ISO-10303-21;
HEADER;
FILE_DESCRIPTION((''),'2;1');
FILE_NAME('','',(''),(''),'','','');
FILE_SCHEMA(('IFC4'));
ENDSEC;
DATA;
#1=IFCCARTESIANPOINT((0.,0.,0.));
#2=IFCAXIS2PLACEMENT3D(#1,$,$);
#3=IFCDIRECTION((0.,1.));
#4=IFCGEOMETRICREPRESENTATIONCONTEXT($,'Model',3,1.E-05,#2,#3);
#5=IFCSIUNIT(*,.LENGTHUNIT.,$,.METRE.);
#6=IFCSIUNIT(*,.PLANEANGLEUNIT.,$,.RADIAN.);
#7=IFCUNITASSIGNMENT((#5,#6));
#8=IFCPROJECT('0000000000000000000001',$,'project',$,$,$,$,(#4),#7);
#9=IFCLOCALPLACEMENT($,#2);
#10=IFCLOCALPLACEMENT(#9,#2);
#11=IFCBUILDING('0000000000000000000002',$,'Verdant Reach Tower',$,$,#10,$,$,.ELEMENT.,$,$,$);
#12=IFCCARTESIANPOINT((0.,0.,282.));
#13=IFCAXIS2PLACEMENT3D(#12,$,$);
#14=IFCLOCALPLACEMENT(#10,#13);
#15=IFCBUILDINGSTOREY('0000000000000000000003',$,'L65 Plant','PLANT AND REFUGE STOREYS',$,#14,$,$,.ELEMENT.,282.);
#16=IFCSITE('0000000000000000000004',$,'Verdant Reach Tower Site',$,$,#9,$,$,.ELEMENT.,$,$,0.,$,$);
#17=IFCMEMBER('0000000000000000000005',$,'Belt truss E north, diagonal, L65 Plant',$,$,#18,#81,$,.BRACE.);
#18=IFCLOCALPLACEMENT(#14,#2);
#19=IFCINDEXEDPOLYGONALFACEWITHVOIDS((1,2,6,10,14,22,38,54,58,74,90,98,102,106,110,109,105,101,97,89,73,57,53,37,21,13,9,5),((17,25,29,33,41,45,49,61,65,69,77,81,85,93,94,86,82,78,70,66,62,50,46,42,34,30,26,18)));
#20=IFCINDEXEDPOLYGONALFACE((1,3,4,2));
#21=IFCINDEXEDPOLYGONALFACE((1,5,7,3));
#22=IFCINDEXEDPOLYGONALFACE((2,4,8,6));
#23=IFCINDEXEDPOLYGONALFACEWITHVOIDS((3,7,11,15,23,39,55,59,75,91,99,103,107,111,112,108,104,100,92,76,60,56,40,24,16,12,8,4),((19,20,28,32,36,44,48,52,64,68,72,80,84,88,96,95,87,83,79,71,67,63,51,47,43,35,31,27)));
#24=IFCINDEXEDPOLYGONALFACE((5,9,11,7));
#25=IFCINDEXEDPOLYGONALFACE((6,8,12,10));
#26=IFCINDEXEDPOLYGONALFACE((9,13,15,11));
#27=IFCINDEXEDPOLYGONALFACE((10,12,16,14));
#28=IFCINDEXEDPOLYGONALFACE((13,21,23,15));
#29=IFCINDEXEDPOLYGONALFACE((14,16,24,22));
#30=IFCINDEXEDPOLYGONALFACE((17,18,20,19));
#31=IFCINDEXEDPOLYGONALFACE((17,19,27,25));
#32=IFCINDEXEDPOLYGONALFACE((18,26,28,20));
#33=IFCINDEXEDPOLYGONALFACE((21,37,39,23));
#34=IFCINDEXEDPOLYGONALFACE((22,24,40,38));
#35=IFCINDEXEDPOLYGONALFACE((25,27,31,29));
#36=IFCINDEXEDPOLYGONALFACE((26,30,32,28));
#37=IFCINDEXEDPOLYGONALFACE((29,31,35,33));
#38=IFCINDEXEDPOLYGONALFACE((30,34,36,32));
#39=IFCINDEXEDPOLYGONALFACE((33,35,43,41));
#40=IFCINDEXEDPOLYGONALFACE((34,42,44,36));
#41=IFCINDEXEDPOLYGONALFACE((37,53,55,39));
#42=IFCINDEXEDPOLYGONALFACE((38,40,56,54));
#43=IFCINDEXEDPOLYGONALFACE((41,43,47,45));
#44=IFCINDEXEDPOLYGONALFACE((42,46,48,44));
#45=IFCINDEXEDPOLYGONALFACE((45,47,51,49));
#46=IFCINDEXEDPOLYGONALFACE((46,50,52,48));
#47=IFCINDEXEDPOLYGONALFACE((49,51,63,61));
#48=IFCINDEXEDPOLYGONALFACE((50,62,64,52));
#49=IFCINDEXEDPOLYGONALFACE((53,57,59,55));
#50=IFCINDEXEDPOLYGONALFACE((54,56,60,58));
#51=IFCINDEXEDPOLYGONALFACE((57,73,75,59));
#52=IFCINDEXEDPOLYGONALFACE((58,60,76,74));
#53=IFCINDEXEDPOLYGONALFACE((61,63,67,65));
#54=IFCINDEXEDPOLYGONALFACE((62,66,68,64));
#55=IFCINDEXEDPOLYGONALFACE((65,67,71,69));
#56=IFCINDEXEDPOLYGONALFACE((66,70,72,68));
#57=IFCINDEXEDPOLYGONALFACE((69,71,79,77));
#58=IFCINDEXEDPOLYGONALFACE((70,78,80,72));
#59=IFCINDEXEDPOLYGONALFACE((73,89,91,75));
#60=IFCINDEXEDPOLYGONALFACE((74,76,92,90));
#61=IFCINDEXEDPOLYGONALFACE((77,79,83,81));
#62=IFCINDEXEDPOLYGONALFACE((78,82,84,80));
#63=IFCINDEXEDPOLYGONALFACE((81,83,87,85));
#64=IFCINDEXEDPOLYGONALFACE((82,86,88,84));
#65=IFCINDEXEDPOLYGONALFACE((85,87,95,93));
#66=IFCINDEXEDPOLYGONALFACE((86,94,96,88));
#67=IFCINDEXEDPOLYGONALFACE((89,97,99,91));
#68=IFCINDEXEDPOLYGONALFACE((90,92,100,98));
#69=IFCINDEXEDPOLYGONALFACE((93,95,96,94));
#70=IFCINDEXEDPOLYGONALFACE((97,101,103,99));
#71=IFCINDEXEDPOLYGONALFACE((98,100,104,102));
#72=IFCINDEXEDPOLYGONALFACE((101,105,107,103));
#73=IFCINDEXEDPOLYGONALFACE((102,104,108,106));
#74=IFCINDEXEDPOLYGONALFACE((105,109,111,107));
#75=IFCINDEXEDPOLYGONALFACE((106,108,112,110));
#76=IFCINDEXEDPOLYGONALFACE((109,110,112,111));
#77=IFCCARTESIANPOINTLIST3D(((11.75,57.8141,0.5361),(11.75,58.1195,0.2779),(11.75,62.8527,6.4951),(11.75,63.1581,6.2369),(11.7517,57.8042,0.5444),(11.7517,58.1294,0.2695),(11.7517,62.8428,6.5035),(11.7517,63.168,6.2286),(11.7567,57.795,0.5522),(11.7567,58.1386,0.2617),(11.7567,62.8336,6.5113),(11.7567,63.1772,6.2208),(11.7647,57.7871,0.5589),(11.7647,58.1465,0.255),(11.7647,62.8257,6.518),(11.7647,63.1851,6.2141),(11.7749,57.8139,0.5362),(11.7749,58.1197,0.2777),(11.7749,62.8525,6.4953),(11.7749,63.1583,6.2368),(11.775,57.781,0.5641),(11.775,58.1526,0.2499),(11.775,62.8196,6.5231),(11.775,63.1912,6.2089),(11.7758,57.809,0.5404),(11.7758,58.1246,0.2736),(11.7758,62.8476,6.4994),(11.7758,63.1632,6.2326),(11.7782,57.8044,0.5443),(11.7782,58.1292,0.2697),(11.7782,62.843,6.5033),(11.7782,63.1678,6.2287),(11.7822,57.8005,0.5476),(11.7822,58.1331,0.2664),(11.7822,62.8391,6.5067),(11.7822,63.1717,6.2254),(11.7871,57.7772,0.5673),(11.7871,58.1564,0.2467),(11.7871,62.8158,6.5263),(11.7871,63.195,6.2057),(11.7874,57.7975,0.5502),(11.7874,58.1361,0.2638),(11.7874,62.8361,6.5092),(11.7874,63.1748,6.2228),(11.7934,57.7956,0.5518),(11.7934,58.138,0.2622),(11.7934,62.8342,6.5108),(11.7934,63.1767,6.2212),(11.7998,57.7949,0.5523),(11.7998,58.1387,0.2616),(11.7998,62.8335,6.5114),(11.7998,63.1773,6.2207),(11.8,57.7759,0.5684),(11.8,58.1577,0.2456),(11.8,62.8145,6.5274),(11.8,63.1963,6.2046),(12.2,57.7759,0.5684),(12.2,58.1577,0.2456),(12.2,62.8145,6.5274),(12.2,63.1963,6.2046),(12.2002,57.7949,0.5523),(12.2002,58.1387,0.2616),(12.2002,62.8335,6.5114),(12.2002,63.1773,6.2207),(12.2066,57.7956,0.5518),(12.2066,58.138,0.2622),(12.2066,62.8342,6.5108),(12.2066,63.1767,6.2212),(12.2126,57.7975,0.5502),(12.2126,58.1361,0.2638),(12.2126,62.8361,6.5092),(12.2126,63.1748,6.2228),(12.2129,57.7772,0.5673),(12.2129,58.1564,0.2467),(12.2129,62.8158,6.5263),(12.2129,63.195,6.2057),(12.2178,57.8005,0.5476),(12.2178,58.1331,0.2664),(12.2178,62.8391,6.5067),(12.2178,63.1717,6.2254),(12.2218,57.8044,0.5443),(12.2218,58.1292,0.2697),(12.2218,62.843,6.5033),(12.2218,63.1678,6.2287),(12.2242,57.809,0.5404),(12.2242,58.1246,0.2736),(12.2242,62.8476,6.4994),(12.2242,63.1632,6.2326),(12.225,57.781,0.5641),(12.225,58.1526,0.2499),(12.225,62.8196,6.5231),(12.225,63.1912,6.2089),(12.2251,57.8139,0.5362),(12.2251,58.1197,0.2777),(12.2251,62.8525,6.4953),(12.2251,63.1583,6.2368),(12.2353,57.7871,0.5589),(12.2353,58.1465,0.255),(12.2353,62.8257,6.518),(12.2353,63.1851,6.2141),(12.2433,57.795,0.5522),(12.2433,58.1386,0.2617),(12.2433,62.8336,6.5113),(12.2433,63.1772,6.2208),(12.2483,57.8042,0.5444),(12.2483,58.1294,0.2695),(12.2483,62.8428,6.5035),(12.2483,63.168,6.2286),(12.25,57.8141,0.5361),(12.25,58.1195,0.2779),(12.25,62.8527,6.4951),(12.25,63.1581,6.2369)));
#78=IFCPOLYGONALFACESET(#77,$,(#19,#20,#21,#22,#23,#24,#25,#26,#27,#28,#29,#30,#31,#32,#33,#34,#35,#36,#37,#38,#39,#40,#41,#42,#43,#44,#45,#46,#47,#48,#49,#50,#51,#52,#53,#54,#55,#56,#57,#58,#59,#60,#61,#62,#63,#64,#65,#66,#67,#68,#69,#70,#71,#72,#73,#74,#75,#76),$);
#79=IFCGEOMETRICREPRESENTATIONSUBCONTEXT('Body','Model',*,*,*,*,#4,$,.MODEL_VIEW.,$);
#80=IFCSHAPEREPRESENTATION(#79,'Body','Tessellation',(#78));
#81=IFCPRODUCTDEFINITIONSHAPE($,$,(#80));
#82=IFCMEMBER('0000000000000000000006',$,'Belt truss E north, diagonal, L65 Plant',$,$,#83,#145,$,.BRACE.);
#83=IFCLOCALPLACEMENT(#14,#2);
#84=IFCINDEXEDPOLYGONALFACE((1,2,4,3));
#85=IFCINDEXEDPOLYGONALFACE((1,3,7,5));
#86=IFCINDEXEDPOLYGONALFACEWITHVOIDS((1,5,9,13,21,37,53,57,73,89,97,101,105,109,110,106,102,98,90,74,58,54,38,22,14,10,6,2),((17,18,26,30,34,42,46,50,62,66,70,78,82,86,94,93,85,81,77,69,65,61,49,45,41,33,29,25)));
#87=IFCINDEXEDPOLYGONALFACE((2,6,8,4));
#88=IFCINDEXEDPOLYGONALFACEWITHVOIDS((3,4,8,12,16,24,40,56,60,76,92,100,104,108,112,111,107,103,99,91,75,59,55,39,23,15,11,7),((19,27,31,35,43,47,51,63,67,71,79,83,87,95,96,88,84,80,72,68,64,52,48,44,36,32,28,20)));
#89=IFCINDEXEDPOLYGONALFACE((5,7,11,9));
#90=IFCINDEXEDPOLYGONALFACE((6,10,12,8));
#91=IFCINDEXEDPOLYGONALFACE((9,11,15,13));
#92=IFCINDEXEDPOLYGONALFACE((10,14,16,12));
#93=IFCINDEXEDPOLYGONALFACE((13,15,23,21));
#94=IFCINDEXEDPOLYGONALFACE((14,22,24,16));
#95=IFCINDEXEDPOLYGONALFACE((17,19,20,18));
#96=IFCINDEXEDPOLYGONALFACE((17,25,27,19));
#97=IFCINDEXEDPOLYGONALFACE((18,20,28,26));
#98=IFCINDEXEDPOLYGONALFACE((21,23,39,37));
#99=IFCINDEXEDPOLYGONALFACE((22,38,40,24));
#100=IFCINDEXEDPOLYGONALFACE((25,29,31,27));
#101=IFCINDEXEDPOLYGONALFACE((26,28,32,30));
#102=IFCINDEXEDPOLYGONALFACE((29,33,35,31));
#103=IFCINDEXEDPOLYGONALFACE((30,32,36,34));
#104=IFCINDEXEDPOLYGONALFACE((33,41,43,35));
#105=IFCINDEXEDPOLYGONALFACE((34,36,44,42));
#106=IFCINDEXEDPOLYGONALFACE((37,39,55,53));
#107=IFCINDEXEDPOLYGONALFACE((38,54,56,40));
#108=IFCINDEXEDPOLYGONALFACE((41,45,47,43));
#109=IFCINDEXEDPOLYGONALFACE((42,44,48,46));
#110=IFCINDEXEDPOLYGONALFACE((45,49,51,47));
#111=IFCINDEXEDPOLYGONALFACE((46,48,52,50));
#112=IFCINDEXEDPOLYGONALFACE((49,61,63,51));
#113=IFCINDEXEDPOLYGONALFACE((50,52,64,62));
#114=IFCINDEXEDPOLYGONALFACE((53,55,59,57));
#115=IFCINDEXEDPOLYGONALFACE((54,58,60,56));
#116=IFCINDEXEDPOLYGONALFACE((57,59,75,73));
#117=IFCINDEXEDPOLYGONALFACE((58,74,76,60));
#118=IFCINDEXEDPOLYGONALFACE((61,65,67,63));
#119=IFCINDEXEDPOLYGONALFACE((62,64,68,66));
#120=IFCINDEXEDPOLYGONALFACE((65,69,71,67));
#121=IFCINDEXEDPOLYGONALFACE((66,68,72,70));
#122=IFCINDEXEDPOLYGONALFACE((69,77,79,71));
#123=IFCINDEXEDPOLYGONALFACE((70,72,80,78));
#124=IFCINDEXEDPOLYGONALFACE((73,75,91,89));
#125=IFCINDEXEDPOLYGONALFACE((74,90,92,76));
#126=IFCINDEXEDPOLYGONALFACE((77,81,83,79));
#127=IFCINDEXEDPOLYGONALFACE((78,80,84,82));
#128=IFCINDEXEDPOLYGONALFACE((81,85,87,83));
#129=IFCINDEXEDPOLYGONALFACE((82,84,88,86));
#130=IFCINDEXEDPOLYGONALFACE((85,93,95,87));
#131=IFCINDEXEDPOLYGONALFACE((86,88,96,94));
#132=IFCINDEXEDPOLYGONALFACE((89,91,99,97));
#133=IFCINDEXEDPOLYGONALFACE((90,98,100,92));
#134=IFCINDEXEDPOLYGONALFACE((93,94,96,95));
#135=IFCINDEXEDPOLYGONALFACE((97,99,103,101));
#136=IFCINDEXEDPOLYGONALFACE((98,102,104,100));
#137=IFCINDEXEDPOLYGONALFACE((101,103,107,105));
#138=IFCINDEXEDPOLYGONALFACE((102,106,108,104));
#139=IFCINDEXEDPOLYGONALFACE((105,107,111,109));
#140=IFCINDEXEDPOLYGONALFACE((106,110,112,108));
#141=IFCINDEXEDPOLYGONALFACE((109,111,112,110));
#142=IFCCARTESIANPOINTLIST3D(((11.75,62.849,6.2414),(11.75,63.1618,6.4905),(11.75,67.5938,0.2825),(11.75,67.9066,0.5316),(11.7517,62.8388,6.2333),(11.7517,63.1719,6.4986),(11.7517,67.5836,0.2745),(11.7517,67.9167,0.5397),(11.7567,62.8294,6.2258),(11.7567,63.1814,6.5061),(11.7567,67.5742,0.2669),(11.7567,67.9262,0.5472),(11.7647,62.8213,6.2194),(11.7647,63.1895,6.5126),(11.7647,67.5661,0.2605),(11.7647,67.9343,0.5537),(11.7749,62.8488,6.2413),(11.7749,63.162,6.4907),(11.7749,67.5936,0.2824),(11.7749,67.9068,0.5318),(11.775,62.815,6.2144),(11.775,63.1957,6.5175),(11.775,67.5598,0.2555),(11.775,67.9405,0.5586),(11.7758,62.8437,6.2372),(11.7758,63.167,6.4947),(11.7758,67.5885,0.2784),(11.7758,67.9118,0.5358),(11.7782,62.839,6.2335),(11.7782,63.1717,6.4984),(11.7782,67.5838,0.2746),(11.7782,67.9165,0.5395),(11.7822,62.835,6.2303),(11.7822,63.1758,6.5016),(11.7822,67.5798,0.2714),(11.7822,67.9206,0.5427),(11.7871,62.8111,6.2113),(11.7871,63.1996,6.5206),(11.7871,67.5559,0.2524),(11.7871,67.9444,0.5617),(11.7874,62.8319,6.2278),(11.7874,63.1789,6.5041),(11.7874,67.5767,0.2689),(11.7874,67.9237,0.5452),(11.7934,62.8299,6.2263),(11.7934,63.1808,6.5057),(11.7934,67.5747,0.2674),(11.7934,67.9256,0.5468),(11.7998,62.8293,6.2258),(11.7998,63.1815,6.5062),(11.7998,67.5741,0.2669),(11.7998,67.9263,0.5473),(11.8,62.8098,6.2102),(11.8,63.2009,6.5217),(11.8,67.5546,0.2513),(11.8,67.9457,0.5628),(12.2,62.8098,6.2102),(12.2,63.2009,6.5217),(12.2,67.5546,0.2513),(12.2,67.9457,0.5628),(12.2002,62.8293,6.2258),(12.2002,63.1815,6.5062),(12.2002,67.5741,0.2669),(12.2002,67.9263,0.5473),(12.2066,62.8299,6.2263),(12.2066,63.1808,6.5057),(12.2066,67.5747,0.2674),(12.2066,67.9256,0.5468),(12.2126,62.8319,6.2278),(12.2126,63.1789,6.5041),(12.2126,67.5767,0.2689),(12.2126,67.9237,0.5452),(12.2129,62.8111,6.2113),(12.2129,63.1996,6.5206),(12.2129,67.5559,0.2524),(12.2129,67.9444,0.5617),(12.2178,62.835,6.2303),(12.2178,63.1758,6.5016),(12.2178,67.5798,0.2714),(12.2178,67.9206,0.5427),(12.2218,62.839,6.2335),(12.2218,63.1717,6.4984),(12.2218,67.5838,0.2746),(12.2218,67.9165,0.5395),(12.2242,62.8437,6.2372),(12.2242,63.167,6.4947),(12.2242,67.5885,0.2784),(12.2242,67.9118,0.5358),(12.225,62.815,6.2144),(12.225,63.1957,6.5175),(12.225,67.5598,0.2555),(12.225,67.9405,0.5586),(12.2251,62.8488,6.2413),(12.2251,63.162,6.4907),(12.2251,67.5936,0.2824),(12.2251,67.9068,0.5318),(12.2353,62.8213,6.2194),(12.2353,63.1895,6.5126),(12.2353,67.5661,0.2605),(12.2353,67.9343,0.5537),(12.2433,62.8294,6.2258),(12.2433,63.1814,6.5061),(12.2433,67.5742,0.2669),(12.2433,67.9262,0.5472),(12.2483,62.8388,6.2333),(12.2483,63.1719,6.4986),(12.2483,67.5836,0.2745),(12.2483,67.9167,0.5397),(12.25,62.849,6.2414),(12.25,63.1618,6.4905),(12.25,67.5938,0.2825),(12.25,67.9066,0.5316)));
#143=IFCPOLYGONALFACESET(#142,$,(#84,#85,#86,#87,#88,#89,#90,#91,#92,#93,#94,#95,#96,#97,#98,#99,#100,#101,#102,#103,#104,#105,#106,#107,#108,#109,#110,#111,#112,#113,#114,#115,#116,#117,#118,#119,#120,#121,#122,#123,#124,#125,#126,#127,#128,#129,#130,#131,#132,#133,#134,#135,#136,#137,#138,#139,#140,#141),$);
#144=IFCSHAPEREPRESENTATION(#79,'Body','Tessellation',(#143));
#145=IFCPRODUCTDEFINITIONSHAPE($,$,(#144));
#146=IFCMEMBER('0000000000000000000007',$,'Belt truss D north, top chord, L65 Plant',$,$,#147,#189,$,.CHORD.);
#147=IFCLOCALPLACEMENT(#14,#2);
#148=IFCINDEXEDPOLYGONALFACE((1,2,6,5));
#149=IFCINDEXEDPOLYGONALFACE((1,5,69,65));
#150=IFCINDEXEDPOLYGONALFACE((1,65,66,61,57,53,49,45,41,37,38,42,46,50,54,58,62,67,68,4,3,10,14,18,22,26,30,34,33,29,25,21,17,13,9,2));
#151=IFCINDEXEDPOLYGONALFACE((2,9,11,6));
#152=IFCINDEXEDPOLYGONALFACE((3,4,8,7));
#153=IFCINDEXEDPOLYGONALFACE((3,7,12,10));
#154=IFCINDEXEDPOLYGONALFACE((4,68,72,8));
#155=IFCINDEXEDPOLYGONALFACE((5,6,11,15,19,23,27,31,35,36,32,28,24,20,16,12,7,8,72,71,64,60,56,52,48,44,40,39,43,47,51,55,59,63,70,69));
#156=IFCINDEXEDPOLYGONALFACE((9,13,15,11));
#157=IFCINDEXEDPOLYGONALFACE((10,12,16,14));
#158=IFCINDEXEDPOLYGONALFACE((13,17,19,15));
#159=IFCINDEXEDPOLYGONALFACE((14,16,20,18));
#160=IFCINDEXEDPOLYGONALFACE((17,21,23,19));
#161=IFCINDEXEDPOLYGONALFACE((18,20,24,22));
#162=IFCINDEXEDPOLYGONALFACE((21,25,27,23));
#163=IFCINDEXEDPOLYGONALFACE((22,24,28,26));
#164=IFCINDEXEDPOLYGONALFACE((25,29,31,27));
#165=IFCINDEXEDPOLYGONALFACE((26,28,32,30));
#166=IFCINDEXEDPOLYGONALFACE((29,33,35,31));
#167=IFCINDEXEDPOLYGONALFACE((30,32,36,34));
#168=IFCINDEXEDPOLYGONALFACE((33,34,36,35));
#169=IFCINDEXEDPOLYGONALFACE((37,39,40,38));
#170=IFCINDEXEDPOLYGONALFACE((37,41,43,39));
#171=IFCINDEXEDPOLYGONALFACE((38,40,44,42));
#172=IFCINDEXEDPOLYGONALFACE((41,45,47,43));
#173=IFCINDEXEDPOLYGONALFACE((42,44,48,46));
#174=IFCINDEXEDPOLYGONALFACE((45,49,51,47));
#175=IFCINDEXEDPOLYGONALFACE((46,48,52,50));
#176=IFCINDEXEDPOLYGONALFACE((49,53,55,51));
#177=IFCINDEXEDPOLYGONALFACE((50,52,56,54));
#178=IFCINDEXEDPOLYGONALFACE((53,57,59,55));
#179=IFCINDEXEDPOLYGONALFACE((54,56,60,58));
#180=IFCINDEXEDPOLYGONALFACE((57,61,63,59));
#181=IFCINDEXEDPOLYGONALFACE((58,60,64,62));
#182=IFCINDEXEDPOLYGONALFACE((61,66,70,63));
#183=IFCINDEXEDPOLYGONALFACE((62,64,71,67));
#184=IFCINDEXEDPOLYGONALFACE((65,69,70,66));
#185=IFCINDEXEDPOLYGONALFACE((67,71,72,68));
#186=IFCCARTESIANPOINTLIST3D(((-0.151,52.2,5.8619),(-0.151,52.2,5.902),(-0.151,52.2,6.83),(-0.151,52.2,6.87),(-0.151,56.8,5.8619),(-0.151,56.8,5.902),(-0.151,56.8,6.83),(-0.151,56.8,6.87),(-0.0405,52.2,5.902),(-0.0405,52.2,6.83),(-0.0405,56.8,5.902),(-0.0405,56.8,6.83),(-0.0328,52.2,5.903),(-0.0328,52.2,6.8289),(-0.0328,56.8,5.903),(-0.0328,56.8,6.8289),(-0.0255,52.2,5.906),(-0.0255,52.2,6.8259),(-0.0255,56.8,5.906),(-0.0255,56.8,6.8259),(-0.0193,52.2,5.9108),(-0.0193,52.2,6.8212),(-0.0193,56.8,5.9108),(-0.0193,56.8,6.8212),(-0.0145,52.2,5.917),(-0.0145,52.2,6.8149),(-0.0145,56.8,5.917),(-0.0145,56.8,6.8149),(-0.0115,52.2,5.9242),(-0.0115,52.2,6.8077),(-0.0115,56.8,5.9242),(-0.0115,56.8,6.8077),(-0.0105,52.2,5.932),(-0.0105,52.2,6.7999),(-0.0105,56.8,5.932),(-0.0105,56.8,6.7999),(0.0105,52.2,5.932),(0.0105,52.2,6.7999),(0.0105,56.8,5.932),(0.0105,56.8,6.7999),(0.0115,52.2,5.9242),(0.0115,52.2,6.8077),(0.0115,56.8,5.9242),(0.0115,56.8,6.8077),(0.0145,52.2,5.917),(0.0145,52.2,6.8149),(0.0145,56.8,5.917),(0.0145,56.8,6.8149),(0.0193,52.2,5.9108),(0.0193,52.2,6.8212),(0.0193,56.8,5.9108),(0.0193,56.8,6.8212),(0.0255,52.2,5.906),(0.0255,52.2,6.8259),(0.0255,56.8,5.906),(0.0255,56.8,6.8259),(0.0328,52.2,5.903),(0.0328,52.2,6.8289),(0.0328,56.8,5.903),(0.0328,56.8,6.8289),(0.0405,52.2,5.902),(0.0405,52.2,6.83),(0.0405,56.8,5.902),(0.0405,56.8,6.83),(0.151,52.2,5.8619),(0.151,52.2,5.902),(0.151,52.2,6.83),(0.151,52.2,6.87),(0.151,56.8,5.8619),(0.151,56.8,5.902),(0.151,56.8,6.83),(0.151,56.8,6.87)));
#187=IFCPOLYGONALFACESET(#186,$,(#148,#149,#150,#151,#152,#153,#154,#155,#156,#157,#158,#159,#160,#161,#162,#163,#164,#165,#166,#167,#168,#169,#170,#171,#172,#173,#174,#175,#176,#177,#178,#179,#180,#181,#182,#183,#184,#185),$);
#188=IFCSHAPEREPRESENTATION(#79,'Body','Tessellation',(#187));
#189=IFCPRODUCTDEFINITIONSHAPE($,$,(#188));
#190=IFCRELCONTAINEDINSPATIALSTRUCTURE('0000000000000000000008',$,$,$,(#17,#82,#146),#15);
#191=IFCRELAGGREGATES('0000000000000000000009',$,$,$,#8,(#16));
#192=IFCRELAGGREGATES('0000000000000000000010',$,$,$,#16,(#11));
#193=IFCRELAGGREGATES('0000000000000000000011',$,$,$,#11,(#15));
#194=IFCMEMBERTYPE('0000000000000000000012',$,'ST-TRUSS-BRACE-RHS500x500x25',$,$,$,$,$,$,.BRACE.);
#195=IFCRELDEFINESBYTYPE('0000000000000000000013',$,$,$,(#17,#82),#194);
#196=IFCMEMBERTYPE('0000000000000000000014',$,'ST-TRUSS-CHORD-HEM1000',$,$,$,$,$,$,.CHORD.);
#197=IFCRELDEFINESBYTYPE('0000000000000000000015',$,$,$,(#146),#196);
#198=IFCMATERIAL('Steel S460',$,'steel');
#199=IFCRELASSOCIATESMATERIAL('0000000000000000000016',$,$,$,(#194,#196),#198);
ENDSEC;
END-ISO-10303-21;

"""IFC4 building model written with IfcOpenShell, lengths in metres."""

from ifc_helpers import new_model, si_unit, direction, frame, origin, origin_2d, place, context, subcontext, project, spatial, hollow_rectangle, i_section, extrude, material, material_profile, profile_set, type_object, element, save


model = new_model("IFC4")

# Units and contexts
model_context = context("Model", 3, precision=1e-05, world=origin(), true_north=direction((0.0, 1.0)))
body_context = subcontext(model_context, "Body", "Model", "MODEL_VIEW")
ifc_project = project(units=[si_unit("LENGTHUNIT", "METRE"), si_unit("PLANEANGLEUNIT", "RADIAN")], contexts=[model_context])

# Site, building, storey
site_placement = place(None, origin())
site = spatial("IfcSite", under=ifc_project, at=site_placement, Name="Verdant Reach Tower Site", CompositionType="ELEMENT", RefElevation=0.0)
building_placement = place(site_placement, origin())
building = spatial("IfcBuilding", under=site, at=building_placement, Name="Verdant Reach Tower", CompositionType="ELEMENT")
storey_placement = place(building_placement, frame((0.0, 0.0, 282.0)))
storey = spatial("IfcBuildingStorey", under=building, at=storey_placement, Name="L65 Plant", Description="PLANT AND REFUGE STOREYS", CompositionType="ELEMENT", Elevation=282.0)

# Shared definitions
ifc_material_1 = material(Name="Steel S460", Category="steel")

# Members
ifc_material_profile_1 = material_profile(ifc_material_1, hollow_rectangle(XDim=0.5, YDim=0.5, WallThickness=0.0249, InnerFilletRadius=0.0249, OuterFilletRadius=0.05, at=origin_2d()), Name="RHS 500x500x25")
ifc_profile_set_1 = profile_set([ifc_material_profile_1], Name="Steel S460")
member_type_1 = type_object("IfcMemberType", Name="ST-TRUSS-BRACE-RHS500x500x25", PredefinedType="BRACE", material=ifc_profile_set_1)
member_1_placement = place(storey_placement, frame((12.0, 57.9668, 0.407), z_axis=(0.0, 0.64567, 0.763616), x_axis=(-1.0, 0.0, 0.0)))
element("IfcMember", 1, at=member_1_placement, inside=storey, type_object=member_type_1, Name="Belt truss E north, diagonal, L65 Plant", PredefinedType="BRACE", context=body_context, shape_type="SweptSolid", body=[
    extrude(hollow_rectangle(XDim=0.5, YDim=0.5, WallThickness=0.0249, InnerFilletRadius=0.0249, OuterFilletRadius=0.05, at=origin_2d()), origin(), (0.0, 0.0, 1.0), 7.8037),
])
member_2_placement = place(storey_placement, frame((12.0, 63.0054, 6.366), z_axis=(0.0, 0.622907, -0.782296), x_axis=(-1.0, 0.0, 0.0)))
element("IfcMember", 2, at=member_2_placement, inside=storey, type_object=member_type_1, Name="Belt truss E north, diagonal, L65 Plant", PredefinedType="BRACE", context=body_context, shape_type="SweptSolid", body=[
    extrude(hollow_rectangle(XDim=0.5, YDim=0.5, WallThickness=0.0249, InnerFilletRadius=0.0249, OuterFilletRadius=0.05, at=origin_2d()), origin(), (0.0, 0.0, 1.0), 7.6172),
])
ifc_material_profile_2 = material_profile(ifc_material_1, i_section(OverallWidth=0.302, OverallDepth=1.0081, WebThickness=0.021, FlangeThickness=0.04, FilletRadius=0.03, at=origin_2d()), Name="HEM 1000")
ifc_profile_set_2 = profile_set([ifc_material_profile_2], Name="Steel S460")
member_type_2 = type_object("IfcMemberType", Name="ST-TRUSS-CHORD-HEM1000", PredefinedType="CHORD", material=ifc_profile_set_2)
member_3_placement = place(storey_placement, frame((0.0, 52.2, 6.366), z_axis=(0.0, 1.0, 0.0), x_axis=(-1.0, 0.0, 0.0)))
element("IfcMember", 3, at=member_3_placement, inside=storey, type_object=member_type_2, Name="Belt truss D north, top chord, L65 Plant", PredefinedType="CHORD", context=body_context, shape_type="SweptSolid", body=[
    extrude(i_section(OverallWidth=0.302, OverallDepth=1.0081, WebThickness=0.021, FlangeThickness=0.04, FilletRadius=0.03, at=origin_2d()), origin(), (0.0, 0.0, 1.0), 4.6001),
])

save(model, "model.ifc")
